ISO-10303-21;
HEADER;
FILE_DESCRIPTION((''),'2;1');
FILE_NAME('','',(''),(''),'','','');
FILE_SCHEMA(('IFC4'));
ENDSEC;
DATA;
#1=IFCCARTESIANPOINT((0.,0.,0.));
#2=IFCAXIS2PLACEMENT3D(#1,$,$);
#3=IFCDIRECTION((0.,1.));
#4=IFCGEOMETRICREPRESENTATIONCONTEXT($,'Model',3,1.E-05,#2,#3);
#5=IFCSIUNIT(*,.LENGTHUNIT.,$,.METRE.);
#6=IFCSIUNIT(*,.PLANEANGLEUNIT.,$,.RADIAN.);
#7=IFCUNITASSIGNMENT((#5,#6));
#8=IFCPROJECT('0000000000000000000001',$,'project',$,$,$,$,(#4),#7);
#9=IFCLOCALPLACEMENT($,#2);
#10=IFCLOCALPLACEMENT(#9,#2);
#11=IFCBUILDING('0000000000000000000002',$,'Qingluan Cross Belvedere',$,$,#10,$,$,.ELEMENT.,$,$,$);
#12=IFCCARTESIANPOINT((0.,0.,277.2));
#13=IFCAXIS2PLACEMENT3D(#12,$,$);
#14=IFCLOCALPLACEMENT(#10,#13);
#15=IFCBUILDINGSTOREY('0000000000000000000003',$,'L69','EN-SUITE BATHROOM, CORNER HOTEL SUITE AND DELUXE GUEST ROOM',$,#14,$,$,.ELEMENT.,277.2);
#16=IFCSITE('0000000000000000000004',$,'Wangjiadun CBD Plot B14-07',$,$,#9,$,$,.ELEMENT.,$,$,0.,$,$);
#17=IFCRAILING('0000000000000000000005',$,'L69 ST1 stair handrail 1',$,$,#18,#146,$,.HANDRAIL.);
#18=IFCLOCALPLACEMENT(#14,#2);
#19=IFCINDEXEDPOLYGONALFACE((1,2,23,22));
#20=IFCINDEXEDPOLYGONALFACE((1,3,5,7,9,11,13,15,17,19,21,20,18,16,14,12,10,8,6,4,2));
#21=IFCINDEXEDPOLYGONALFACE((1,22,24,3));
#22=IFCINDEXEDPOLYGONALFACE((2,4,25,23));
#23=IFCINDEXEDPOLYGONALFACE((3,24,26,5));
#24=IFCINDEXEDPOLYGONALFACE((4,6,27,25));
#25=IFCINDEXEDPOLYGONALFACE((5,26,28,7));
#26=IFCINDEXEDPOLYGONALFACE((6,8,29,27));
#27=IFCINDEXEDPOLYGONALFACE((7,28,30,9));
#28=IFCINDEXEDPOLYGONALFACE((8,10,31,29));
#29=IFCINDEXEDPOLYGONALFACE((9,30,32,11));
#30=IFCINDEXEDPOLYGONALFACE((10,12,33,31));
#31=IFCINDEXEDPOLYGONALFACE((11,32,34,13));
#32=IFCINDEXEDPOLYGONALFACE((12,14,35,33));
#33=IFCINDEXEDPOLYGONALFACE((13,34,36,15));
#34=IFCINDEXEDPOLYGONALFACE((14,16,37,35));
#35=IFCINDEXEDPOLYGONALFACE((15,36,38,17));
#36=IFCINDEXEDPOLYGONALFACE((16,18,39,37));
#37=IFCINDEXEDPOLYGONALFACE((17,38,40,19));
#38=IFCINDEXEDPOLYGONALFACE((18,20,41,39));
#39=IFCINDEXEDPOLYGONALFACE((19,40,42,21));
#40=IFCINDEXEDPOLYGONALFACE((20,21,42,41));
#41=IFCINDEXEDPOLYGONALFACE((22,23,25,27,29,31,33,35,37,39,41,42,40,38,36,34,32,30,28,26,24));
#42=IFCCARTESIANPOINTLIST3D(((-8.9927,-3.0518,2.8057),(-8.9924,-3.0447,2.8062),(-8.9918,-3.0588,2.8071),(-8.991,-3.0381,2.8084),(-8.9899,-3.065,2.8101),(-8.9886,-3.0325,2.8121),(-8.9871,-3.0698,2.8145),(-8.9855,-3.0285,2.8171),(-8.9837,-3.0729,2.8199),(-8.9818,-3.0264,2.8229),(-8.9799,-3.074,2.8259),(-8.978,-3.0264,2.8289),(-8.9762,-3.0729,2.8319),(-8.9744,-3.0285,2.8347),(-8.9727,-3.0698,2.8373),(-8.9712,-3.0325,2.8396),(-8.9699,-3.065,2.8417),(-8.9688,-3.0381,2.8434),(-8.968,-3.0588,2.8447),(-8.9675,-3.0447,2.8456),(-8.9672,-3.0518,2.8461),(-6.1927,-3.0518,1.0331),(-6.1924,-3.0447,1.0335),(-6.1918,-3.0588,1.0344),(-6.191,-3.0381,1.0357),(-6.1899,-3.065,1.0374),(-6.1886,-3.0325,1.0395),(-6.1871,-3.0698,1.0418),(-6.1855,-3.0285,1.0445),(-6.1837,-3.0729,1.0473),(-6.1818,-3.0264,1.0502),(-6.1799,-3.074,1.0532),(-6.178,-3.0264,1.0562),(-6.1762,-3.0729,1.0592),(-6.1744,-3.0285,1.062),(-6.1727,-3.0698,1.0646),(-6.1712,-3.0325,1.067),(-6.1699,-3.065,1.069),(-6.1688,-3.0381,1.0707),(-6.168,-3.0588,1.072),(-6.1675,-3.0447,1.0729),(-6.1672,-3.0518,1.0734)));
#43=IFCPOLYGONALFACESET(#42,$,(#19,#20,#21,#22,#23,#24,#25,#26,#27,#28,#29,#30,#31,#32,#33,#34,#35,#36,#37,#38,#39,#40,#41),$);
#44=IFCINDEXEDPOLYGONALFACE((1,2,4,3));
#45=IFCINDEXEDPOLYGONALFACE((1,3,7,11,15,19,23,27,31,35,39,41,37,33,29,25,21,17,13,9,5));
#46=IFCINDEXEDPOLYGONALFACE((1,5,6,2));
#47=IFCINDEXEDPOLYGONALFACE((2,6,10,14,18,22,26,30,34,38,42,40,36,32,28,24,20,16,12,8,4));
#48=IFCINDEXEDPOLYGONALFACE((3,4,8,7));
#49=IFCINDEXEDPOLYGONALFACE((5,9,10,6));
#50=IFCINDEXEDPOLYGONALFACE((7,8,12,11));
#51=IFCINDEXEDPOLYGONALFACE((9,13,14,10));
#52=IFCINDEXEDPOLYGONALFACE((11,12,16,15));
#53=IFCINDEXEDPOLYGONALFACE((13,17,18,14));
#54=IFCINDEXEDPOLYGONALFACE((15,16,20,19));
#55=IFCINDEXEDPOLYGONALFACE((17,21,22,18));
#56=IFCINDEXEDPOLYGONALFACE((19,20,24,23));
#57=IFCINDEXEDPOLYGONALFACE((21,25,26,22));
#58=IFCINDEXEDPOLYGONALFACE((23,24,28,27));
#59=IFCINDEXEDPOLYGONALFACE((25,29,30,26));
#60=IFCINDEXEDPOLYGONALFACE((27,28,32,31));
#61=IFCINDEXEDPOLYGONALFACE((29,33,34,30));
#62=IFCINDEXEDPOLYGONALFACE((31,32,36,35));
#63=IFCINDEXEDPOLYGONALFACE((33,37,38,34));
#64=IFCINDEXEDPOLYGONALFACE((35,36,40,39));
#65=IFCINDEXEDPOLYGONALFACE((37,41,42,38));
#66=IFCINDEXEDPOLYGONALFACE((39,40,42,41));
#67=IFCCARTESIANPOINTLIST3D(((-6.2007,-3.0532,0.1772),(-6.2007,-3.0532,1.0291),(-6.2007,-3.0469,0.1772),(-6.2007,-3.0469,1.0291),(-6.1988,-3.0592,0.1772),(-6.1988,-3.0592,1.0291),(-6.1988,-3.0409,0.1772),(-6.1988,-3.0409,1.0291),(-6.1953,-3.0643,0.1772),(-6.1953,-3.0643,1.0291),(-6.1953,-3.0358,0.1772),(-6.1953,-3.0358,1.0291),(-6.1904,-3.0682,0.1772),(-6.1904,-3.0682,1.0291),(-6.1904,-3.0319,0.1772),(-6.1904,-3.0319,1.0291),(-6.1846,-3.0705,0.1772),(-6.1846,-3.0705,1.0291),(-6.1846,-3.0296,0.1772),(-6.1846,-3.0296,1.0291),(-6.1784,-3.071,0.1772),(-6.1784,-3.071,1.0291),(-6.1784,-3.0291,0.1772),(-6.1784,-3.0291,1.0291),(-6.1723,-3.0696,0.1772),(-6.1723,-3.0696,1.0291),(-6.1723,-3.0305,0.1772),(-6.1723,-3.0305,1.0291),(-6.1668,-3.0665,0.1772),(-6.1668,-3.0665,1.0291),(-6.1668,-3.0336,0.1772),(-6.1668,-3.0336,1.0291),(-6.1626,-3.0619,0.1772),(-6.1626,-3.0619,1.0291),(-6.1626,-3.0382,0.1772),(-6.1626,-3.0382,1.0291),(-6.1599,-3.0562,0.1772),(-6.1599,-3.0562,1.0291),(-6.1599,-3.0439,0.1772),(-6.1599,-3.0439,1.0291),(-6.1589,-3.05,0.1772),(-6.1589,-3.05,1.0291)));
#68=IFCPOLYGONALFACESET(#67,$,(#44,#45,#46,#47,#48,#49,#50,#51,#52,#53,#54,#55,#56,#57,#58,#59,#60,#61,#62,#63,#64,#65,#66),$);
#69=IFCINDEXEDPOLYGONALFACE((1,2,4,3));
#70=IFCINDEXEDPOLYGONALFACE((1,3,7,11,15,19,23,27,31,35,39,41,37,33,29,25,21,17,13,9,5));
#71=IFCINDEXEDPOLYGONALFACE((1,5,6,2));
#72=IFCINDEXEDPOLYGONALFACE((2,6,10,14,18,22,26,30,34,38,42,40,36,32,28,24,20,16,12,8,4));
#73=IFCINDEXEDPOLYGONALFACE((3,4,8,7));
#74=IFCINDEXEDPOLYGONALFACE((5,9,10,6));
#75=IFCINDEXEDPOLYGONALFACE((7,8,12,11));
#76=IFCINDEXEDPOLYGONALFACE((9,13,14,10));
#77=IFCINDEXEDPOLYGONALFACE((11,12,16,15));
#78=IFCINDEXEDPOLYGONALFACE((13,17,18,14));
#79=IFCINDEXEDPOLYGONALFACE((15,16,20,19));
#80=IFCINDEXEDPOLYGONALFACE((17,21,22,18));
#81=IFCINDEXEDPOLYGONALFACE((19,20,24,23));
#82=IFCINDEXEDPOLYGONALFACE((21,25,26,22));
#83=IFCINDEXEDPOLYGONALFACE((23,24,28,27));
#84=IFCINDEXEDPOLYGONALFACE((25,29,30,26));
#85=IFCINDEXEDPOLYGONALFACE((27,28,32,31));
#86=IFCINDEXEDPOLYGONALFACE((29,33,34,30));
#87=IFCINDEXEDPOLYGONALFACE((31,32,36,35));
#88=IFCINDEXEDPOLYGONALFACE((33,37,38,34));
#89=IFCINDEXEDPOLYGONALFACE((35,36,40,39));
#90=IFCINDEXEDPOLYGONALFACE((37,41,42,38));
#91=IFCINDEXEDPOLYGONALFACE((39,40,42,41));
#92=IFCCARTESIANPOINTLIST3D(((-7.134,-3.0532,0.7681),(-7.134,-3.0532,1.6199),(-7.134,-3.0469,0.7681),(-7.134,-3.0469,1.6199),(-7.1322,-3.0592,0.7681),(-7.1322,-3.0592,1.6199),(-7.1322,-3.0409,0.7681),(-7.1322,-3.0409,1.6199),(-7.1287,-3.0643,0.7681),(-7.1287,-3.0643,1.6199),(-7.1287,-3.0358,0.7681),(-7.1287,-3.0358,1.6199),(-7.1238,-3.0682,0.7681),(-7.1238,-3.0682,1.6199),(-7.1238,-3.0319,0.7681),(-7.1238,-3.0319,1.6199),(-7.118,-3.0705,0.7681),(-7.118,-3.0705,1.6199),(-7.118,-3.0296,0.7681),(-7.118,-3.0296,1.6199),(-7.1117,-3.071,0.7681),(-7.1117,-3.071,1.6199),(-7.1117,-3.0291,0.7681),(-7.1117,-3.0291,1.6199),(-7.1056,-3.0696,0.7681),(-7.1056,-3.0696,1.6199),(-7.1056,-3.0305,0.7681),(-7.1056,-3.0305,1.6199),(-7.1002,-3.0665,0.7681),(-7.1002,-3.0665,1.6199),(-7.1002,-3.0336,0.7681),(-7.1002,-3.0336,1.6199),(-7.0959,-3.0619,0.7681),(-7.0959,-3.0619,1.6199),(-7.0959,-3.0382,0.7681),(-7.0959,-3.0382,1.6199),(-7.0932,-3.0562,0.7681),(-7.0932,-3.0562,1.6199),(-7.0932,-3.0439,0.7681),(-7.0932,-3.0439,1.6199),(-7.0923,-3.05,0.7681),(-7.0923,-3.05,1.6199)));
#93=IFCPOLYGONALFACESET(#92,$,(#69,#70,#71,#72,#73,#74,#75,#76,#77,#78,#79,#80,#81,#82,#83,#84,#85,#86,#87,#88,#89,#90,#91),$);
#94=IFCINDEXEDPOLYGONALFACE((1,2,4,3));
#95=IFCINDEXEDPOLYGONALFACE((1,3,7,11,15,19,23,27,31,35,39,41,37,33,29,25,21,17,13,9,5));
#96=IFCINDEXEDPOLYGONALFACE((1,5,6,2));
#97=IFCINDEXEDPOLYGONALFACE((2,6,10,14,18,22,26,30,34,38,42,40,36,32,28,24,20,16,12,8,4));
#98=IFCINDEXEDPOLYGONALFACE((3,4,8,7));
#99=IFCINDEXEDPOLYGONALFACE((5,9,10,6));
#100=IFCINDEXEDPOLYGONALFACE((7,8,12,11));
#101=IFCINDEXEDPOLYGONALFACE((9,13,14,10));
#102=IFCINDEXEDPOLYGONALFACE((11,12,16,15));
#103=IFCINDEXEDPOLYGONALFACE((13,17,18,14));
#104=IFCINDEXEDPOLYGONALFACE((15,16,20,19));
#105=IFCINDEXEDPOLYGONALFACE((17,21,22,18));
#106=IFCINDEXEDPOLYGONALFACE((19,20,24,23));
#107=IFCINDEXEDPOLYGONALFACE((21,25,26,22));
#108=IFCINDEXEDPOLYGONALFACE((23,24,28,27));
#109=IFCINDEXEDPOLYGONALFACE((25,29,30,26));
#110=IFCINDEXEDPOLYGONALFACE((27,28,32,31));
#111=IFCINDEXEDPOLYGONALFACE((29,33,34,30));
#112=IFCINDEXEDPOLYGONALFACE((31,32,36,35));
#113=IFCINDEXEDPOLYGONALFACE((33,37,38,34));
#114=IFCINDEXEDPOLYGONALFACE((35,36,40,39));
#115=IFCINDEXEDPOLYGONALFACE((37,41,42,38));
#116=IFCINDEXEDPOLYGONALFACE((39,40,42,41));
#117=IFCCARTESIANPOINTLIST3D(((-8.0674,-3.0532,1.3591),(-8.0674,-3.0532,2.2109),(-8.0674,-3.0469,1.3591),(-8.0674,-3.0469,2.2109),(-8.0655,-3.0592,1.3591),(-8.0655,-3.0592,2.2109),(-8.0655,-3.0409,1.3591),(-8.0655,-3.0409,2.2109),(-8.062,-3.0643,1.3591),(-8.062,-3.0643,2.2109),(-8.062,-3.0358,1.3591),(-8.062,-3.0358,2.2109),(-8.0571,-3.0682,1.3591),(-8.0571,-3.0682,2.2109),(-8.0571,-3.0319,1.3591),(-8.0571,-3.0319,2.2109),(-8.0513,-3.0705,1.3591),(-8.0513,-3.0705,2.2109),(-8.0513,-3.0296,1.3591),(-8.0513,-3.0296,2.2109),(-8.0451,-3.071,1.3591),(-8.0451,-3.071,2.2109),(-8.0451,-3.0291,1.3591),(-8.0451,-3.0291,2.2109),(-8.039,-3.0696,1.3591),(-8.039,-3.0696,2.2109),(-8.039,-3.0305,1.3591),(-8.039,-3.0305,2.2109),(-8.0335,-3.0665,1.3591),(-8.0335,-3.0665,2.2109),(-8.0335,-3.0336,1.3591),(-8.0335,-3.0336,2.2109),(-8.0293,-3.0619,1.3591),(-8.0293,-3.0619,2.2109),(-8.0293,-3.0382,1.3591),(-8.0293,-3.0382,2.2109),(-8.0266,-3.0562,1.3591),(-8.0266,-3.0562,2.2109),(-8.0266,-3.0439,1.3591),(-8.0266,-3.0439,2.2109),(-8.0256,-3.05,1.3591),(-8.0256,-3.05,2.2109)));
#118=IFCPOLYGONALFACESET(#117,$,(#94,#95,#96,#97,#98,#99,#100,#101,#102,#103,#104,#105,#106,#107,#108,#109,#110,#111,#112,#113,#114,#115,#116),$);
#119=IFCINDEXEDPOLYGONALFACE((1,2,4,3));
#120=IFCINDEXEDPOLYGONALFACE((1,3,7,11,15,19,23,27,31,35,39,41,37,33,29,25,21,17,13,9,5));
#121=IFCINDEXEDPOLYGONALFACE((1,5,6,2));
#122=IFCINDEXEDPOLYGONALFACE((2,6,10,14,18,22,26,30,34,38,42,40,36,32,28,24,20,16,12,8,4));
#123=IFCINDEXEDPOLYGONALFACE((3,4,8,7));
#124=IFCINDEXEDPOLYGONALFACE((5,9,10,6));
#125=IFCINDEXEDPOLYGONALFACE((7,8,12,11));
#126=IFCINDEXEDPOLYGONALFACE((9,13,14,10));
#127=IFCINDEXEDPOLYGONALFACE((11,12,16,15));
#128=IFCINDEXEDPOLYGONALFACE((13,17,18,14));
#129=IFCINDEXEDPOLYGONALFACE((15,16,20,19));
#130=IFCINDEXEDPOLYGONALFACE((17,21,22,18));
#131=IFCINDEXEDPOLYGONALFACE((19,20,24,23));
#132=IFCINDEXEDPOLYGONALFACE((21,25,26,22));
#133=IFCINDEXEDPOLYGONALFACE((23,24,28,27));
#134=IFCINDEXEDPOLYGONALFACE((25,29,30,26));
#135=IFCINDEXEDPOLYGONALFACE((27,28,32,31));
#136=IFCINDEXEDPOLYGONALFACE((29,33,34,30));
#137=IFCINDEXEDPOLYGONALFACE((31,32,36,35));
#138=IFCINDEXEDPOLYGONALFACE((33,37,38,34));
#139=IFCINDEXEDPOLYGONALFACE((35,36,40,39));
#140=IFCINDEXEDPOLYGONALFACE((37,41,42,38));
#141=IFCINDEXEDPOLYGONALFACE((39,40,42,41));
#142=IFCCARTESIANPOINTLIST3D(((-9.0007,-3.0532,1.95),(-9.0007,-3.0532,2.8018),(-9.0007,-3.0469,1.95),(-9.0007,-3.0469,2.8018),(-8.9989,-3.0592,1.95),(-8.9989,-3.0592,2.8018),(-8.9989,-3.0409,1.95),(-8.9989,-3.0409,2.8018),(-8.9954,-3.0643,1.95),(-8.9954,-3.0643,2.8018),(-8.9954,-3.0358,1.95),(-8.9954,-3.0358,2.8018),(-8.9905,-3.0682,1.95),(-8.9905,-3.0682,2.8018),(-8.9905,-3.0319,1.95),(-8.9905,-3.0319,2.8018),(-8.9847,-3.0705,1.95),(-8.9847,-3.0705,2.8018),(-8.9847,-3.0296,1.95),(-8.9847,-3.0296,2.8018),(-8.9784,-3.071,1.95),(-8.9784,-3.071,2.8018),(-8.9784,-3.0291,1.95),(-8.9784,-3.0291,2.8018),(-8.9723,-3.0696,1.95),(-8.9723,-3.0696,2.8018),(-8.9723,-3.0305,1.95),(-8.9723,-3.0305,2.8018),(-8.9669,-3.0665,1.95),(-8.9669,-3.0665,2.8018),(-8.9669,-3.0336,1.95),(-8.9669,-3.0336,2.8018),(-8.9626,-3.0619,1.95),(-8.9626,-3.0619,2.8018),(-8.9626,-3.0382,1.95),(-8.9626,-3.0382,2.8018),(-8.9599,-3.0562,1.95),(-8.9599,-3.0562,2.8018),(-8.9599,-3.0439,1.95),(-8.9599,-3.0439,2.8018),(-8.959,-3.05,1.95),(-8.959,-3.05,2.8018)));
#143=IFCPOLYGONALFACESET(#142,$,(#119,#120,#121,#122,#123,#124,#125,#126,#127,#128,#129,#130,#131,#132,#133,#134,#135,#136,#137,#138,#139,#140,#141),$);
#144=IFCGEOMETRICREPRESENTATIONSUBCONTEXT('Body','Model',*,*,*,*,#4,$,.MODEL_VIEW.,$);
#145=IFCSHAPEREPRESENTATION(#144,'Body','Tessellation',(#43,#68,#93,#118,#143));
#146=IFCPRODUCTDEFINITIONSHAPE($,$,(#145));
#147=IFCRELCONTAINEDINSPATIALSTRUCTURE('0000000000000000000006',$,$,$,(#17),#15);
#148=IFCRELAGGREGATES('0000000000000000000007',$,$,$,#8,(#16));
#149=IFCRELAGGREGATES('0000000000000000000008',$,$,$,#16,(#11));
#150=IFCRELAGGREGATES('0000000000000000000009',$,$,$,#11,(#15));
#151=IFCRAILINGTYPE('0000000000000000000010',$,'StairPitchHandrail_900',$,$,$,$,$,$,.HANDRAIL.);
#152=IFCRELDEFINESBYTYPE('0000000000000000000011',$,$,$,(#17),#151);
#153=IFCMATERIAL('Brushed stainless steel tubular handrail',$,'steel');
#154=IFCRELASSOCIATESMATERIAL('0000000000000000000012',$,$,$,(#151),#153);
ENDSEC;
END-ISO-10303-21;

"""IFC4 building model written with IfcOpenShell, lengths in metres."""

from ifc_helpers import new_model, si_unit, direction, frame, origin, origin_2d, place, context, subcontext, project, spatial, circle, extrude, material, type_object, element, save


model = new_model("IFC4")

# Units and contexts
model_context = context("Model", 3, precision=1e-05, world=origin(), true_north=direction((0.0, 1.0)))
body_context = subcontext(model_context, "Body", "Model", "MODEL_VIEW")
ifc_project = project(units=[si_unit("LENGTHUNIT", "METRE"), si_unit("PLANEANGLEUNIT", "RADIAN")], contexts=[model_context])

# Site, building, storey
site_placement = place(None, origin())
site = spatial("IfcSite", under=ifc_project, at=site_placement, Name="Wangjiadun CBD Plot B14-07", CompositionType="ELEMENT", RefElevation=0.0)
building_placement = place(site_placement, origin())
building = spatial("IfcBuilding", under=site, at=building_placement, Name="Qingluan Cross Belvedere", CompositionType="ELEMENT")
storey_placement = place(building_placement, frame((0.0, 0.0, 277.2)))
storey = spatial("IfcBuildingStorey", under=building, at=storey_placement, Name="L69", Description="EN-SUITE BATHROOM, CORNER HOTEL SUITE AND DELUXE GUEST ROOM", CompositionType="ELEMENT", Elevation=277.2)

# Railing
ifc_material_1 = material(Name="Brushed stainless steel tubular handrail", Category="steel")
railing_type_1 = type_object("IfcRailingType", Name="StairPitchHandrail_900", PredefinedType="HANDRAIL", material=ifc_material_1)
railing_1_placement = place(storey_placement, frame((-6.1799, -3.05, 0.1772)))
element("IfcRailing", 1, at=railing_1_placement, inside=storey, type_object=railing_type_1, Name="L69 ST1 stair handrail 1", PredefinedType="HANDRAIL", context=body_context, shape_type="SweptSolid", body=[
    extrude(circle(Radius=0.0239, at=origin_2d()), frame((0.0, 0.0, 0.876), z_axis=(-0.844909, 0.0, 0.53491), x_axis=(0.0, -1.0, 0.0)), (0.0, 0.0, 1.0), 3.314),
    extrude(circle(Radius=0.021, at=origin_2d()), origin(), (0.0, 0.0, 1.0), 0.8518),
    extrude(circle(Radius=0.021, at=origin_2d()), frame((-0.9333, 0.0, 0.5908)), (0.0, 0.0, 1.0), 0.8518),
    extrude(circle(Radius=0.021, at=origin_2d()), frame((-1.8667, 0.0, 1.1819)), (0.0, 0.0, 1.0), 0.8518),
    extrude(circle(Radius=0.021, at=origin_2d()), frame((-2.8, 0.0, 1.7727)), (0.0, 0.0, 1.0), 0.8518),
])

save(model, "model.ifc")
